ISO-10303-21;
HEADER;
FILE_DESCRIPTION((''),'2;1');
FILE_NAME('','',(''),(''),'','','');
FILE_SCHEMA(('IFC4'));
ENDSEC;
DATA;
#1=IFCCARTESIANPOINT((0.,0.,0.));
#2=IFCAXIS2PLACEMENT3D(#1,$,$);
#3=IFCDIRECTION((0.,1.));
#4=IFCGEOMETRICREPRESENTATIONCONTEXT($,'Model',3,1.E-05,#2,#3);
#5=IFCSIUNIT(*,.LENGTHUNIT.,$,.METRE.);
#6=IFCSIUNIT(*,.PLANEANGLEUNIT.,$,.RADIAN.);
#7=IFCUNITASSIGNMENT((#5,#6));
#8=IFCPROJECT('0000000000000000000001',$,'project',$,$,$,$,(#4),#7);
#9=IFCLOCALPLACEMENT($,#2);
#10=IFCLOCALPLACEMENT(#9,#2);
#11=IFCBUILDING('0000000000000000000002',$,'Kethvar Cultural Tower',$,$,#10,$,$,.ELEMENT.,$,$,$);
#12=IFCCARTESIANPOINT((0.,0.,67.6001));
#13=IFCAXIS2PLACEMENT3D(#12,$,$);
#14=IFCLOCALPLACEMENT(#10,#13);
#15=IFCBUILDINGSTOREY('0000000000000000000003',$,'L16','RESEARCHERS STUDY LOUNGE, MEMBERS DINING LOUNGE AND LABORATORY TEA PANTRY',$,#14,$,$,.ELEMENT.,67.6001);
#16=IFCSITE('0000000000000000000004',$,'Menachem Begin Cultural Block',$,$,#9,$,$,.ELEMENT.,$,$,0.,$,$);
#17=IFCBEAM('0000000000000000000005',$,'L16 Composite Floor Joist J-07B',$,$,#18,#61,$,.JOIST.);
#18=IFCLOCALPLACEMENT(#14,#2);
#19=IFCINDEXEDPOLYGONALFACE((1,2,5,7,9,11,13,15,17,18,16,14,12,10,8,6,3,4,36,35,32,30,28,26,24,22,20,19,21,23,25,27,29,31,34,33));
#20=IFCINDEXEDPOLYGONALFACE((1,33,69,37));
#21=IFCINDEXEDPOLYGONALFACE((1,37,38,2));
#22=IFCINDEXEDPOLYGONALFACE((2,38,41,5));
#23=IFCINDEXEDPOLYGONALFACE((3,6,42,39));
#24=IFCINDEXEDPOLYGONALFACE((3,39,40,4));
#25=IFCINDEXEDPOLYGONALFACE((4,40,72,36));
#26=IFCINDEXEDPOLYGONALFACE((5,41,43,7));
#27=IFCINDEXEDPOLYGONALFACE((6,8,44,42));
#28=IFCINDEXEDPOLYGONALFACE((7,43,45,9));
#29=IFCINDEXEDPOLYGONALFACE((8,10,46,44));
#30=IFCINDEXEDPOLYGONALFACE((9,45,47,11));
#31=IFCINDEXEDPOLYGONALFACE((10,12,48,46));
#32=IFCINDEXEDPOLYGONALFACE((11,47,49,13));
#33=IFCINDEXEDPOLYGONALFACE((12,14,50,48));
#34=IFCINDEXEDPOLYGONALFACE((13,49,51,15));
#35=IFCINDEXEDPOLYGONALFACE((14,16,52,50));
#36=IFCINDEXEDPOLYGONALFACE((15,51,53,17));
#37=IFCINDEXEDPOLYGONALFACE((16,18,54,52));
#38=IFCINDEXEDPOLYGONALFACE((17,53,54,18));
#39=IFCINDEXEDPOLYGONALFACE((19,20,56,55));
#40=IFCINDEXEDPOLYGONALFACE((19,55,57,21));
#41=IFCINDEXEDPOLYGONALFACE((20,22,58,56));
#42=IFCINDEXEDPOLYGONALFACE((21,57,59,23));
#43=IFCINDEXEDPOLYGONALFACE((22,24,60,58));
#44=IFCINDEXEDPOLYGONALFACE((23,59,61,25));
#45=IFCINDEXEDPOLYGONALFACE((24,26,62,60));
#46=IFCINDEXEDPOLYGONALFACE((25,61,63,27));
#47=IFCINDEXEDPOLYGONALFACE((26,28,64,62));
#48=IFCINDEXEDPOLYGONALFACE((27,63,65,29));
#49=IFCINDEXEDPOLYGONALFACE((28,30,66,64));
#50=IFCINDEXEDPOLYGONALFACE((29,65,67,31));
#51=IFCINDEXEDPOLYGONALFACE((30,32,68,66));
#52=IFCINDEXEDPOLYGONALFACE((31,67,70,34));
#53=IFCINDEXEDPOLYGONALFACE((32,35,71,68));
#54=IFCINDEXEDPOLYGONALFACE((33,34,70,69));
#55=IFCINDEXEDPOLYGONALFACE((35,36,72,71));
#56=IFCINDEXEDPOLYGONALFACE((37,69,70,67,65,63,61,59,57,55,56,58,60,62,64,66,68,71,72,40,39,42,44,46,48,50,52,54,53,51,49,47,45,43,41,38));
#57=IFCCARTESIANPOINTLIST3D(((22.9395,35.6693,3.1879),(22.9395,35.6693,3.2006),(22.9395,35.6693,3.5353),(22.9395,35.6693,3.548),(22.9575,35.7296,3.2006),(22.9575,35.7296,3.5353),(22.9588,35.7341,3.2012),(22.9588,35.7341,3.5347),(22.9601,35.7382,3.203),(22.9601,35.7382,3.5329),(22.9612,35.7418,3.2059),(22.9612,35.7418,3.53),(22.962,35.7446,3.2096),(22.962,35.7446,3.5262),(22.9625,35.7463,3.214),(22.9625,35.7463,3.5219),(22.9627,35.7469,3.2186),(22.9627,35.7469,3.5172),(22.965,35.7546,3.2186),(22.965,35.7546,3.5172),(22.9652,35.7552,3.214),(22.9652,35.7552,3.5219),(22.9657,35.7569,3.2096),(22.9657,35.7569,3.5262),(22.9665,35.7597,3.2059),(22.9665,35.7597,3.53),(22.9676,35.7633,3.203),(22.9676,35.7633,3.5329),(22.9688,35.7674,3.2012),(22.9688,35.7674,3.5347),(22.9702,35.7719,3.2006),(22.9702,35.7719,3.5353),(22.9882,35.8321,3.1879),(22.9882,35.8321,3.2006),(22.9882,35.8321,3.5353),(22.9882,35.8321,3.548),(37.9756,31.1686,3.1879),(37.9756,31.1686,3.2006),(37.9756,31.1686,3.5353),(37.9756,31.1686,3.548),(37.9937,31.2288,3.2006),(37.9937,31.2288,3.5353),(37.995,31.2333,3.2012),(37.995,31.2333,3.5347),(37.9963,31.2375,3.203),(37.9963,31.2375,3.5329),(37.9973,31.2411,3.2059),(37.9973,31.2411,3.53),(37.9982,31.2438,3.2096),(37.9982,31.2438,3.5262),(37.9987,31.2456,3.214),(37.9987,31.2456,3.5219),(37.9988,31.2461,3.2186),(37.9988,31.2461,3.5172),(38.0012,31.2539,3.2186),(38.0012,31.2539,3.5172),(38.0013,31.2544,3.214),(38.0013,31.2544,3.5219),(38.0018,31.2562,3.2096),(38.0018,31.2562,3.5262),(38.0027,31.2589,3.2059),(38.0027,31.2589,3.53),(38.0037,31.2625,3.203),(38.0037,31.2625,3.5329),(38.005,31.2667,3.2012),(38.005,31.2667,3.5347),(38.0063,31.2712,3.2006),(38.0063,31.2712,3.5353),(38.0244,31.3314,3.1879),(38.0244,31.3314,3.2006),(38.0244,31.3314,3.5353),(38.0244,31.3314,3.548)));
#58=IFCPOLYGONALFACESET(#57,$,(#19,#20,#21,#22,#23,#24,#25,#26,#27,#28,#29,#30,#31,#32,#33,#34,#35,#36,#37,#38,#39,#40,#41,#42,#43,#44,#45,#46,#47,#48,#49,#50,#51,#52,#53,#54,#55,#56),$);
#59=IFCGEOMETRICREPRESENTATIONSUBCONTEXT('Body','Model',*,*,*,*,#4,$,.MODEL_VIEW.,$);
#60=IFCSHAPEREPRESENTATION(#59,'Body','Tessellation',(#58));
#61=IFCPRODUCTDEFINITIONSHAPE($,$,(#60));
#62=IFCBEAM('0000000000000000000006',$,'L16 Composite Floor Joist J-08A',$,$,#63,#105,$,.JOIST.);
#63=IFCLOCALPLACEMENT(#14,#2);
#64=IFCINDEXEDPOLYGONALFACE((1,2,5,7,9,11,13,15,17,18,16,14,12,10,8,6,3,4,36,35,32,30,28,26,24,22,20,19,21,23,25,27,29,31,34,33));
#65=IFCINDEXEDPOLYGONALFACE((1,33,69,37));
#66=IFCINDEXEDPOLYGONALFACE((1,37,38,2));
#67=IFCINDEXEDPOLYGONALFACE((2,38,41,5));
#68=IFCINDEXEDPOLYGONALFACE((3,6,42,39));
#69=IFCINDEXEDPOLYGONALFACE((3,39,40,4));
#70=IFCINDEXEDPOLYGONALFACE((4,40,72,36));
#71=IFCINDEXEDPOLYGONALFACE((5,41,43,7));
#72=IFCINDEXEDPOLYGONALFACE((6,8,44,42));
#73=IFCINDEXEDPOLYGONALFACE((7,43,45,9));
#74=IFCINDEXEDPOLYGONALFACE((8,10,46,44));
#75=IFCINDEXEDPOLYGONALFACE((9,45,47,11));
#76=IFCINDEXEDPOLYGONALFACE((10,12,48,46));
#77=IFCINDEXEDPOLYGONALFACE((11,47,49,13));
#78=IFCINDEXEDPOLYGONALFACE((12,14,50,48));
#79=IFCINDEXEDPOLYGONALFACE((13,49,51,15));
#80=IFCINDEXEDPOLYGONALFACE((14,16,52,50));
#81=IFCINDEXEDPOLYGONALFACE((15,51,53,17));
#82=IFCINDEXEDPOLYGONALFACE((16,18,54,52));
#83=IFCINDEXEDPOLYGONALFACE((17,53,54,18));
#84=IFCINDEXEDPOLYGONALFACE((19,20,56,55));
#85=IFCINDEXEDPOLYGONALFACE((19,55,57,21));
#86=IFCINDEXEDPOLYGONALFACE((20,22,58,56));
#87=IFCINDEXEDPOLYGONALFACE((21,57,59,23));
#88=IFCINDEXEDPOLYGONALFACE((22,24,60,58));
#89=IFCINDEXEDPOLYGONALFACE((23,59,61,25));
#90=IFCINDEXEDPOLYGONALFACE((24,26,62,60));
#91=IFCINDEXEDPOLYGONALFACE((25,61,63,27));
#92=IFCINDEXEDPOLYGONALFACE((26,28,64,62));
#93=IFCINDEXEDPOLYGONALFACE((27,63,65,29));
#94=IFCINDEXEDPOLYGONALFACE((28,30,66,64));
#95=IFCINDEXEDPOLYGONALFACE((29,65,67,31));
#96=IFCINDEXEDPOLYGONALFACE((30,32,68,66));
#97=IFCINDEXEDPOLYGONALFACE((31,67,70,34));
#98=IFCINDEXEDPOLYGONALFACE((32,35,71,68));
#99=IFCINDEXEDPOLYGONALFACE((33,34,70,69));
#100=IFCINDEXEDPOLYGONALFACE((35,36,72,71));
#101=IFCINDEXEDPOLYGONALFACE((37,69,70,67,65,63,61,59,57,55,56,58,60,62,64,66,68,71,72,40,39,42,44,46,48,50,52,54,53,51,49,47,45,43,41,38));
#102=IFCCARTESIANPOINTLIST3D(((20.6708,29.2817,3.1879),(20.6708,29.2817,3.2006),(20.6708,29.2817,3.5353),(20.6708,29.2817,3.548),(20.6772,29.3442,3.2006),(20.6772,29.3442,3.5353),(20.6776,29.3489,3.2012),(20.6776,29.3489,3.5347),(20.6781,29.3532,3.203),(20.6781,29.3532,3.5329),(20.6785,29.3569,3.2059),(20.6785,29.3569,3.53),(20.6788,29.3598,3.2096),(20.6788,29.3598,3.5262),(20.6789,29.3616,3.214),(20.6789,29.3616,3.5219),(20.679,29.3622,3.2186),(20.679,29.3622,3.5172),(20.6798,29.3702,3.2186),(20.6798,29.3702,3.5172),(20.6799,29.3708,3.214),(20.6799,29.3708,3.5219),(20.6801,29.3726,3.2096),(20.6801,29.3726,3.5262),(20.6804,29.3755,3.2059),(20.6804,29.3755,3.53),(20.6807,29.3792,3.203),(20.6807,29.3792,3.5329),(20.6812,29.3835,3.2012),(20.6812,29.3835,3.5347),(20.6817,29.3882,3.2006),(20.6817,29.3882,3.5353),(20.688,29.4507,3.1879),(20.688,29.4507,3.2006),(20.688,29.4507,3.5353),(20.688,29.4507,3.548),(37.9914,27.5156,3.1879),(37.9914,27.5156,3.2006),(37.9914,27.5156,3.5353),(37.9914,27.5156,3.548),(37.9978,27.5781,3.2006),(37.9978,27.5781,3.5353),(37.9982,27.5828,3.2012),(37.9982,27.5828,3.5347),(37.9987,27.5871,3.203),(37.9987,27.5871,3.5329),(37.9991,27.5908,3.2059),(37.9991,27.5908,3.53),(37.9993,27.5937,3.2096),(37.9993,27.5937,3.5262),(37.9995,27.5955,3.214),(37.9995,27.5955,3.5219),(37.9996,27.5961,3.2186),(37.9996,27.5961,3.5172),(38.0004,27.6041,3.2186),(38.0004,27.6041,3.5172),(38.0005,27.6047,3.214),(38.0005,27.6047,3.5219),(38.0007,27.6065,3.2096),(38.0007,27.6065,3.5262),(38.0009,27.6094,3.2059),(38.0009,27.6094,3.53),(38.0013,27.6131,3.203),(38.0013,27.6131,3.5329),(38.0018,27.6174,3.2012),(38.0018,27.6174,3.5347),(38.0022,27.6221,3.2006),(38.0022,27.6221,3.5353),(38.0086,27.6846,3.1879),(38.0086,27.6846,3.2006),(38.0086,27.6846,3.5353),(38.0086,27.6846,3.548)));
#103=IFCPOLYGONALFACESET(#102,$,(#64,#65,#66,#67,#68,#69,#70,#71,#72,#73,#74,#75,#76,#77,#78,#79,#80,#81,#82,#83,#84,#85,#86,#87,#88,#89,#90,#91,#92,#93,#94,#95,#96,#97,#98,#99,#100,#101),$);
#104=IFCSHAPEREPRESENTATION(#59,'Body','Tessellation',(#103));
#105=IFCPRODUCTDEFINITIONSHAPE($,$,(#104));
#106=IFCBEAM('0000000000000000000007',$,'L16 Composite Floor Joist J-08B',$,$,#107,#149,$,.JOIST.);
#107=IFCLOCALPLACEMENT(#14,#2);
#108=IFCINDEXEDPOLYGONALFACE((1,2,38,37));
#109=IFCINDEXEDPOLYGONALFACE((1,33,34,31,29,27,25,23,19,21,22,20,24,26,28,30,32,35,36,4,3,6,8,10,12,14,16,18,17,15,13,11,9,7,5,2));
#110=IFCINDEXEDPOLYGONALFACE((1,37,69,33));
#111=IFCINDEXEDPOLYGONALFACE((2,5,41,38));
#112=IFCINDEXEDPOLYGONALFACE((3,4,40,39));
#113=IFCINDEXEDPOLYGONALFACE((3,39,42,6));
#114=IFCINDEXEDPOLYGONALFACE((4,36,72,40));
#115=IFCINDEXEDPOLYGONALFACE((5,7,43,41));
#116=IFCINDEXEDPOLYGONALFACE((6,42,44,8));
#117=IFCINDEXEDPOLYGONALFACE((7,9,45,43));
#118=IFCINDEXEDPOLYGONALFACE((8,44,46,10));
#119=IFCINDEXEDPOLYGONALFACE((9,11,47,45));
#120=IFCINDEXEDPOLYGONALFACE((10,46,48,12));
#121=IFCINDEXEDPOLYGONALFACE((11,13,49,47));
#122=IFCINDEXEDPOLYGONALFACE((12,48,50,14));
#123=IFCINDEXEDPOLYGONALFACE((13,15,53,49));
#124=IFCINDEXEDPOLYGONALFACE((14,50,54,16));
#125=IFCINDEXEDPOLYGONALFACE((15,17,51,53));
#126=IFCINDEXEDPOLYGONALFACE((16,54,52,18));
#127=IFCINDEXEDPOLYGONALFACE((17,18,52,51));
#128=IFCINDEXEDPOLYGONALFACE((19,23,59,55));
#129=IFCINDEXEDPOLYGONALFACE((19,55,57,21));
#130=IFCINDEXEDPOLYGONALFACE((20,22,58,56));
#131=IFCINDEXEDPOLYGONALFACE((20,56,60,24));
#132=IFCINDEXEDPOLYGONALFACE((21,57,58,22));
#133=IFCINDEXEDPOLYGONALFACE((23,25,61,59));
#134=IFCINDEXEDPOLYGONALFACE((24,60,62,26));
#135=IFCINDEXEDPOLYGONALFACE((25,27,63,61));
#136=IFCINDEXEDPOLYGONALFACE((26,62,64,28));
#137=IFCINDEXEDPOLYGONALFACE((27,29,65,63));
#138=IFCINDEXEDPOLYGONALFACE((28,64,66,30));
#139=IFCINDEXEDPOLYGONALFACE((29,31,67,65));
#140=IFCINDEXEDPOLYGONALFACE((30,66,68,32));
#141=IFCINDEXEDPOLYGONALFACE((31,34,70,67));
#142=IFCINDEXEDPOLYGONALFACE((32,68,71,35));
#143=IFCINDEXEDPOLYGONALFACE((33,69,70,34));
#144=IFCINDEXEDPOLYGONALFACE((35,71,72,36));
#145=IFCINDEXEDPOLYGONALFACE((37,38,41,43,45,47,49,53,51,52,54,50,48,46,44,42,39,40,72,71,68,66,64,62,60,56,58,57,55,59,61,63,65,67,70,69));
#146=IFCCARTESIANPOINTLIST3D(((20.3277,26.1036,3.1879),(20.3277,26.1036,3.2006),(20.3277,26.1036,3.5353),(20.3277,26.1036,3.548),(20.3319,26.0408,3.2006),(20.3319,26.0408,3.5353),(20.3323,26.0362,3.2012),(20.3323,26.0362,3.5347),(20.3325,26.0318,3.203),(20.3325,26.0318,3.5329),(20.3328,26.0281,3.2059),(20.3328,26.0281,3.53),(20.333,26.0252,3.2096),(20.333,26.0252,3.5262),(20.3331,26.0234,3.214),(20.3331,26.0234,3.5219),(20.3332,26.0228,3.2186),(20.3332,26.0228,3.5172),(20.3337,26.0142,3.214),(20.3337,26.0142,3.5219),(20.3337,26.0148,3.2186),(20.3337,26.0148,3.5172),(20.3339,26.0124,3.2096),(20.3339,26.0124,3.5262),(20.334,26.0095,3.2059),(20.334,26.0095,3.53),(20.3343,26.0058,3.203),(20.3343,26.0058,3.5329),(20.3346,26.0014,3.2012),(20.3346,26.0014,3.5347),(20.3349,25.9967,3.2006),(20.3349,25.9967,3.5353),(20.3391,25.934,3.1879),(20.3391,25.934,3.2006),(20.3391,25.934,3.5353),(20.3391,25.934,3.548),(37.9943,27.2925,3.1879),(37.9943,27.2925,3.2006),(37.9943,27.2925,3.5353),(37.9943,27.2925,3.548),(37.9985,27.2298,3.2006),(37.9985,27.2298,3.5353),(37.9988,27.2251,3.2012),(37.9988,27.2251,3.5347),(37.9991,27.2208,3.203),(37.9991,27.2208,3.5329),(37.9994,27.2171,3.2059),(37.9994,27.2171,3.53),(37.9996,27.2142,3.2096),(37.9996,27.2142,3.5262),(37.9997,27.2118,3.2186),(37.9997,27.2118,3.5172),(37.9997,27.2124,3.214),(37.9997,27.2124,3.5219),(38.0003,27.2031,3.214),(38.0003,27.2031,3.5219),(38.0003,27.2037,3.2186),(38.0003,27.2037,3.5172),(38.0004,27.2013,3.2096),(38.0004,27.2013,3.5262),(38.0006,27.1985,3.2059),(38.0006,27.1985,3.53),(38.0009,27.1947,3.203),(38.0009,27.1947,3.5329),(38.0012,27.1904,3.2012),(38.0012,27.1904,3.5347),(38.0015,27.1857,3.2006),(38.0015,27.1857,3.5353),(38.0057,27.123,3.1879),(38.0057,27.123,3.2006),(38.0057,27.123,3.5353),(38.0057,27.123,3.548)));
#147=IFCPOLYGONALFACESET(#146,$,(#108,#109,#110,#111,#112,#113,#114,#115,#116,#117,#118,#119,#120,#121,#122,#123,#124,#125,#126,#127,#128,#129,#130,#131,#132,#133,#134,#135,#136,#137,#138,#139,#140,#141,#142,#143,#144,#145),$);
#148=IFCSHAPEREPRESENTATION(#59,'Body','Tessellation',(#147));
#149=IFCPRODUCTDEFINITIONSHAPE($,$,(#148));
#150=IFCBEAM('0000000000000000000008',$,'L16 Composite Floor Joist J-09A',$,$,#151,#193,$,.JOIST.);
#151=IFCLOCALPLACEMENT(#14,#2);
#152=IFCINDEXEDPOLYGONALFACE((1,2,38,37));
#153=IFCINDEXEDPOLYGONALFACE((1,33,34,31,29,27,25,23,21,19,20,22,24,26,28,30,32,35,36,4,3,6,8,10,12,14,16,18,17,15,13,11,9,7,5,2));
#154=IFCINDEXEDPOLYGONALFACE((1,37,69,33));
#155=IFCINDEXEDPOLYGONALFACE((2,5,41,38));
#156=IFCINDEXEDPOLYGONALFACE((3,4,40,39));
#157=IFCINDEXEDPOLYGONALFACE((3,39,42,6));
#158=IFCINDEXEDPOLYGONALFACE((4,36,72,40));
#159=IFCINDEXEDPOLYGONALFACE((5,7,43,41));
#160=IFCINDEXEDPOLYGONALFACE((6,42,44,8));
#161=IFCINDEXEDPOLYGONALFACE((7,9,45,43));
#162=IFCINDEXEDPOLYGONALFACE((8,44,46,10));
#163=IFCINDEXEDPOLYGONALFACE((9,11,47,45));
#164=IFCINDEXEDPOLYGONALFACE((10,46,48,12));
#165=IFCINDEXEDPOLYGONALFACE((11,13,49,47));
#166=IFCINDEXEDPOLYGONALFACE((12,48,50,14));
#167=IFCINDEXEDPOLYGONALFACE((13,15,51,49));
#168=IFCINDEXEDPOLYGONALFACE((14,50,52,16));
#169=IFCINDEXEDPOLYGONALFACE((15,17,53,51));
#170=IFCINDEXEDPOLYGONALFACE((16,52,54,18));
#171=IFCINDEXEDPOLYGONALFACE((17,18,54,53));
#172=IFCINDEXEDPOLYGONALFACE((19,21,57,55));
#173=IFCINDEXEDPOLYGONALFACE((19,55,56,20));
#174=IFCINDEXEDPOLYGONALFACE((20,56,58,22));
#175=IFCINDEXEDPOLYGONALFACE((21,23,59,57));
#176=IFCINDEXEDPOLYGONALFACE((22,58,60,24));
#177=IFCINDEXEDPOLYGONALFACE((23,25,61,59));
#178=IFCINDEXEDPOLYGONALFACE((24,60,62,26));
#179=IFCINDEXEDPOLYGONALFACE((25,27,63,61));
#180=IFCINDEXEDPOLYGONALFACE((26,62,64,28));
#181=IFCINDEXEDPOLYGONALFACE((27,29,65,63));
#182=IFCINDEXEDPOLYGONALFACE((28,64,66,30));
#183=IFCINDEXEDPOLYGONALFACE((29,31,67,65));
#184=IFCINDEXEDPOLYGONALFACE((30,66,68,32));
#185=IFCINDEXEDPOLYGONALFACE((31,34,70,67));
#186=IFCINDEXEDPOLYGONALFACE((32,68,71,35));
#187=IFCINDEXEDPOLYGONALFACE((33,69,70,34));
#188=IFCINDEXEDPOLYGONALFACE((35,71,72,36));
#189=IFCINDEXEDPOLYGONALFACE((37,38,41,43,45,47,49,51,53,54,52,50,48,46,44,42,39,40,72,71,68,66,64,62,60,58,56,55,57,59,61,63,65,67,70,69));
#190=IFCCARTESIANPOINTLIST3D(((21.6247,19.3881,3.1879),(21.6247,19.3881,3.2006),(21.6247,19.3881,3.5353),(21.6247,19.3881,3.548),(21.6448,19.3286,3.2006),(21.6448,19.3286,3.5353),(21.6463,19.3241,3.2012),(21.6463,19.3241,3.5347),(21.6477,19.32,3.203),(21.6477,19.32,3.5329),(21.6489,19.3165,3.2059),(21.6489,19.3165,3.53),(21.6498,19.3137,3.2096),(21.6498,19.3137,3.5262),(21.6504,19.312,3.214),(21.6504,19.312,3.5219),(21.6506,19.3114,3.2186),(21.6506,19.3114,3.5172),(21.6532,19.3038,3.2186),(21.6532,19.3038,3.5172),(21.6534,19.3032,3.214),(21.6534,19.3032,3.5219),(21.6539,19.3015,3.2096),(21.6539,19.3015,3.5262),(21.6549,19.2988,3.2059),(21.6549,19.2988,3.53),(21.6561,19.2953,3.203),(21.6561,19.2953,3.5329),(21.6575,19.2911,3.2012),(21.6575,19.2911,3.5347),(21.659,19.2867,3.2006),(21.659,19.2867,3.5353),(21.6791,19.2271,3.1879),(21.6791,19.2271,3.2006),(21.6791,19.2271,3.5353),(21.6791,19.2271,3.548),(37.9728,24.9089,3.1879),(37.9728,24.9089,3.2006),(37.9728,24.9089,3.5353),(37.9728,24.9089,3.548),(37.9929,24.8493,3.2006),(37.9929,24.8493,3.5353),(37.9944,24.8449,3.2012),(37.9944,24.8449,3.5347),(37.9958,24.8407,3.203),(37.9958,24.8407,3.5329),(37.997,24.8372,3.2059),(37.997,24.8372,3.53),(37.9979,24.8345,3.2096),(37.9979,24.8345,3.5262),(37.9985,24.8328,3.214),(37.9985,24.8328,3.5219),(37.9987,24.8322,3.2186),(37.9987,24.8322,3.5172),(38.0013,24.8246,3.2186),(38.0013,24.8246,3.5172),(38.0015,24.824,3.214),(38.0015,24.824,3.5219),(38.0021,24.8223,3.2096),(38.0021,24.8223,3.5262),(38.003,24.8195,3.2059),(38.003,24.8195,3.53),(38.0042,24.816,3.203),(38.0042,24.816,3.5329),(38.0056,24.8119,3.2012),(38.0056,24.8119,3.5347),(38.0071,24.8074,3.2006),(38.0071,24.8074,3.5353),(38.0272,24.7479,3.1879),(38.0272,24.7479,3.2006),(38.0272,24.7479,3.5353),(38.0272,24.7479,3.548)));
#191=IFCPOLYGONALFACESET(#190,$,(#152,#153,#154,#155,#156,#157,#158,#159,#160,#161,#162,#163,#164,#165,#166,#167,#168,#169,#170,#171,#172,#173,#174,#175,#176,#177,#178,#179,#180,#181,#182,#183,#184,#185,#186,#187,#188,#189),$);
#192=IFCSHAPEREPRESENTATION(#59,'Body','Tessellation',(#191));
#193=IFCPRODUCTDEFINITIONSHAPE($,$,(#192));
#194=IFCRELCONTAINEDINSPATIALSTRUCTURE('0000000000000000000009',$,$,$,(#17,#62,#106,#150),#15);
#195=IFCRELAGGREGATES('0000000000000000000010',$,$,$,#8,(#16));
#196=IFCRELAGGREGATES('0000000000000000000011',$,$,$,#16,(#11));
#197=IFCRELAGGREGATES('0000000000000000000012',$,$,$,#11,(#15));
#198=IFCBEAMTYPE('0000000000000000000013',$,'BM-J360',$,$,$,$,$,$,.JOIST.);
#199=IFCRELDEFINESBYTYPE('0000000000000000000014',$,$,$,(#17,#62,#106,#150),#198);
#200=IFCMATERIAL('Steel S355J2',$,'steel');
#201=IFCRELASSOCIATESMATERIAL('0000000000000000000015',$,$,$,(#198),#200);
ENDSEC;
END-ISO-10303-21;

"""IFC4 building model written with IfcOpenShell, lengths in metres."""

from ifc_helpers import new_model, si_unit, direction, frame, origin, origin_2d, place, context, subcontext, project, spatial, i_section, extrude, source, transform, mapped, material, material_profile, profile_set, type_object, element, save


model = new_model("IFC4")

# Units and contexts
model_context = context("Model", 3, precision=1e-05, world=origin(), true_north=direction((0.0, 1.0)))
body_context = subcontext(model_context, "Body", "Model", "MODEL_VIEW")
ifc_project = project(units=[si_unit("LENGTHUNIT", "METRE"), si_unit("PLANEANGLEUNIT", "RADIAN")], contexts=[model_context])

# Site, building, storey
site_placement = place(None, origin())
site = spatial("IfcSite", under=ifc_project, at=site_placement, Name="Menachem Begin Cultural Block", CompositionType="ELEMENT", RefElevation=0.0)
building_placement = place(site_placement, origin())
building = spatial("IfcBuilding", under=site, at=building_placement, Name="Kethvar Cultural Tower", CompositionType="ELEMENT")
storey_placement = place(building_placement, frame((0.0, 0.0, 67.6001)))
storey = spatial("IfcBuildingStorey", under=building, at=storey_placement, Name="L16", Description="RESEARCHERS STUDY LOUNGE, MEMBERS DINING LOUNGE AND LABORATORY TEA PANTRY", CompositionType="ELEMENT", Elevation=67.6001)

# Beams
ifc_material_1 = material(Name="Steel S355J2", Category="steel")
ifc_material_profile_1 = material_profile(ifc_material_1, i_section(OverallWidth=0.1699, OverallDepth=0.3601, WebThickness=0.0081, FlangeThickness=0.0127, FilletRadius=0.0181, at=origin_2d()), Name="Steel S355J2 — IPE360")
ifc_profile_set_1 = profile_set([ifc_material_profile_1], Name="Steel S355J2 — IPE360")
beam_type_1 = type_object("IfcBeamType", Name="BM-J360", PredefinedType="JOIST", material=ifc_profile_set_1)
shared_shape_1 = source(origin(), body_context, "Body", "SweptSolid", [
    extrude(i_section(OverallWidth=0.1699, OverallDepth=0.3601, WebThickness=0.0081, FlangeThickness=0.0127, FilletRadius=0.0181, at=origin_2d()), origin(), (0.0, 0.0, 1.0), 15.6953),
])
beam_1_placement = place(storey_placement, frame((38.0, 31.25, 3.3679), z_axis=(-0.958003, 0.286757, 0.0), x_axis=(-0.286757, -0.958003, 0.0)))
element("IfcBeam", 1, at=beam_1_placement, inside=storey, type_object=beam_type_1, Name="L16 Composite Floor Joist J-07B", PredefinedType="JOIST", context=body_context, shape_type="MappedRepresentation", body=[
    mapped(shared_shape_1, transform((0.0, 0.0, 0.0), scale=1.0)),
])
shared_shape_2 = source(origin(), body_context, "Body", "SweptSolid", [
    extrude(i_section(OverallWidth=0.1699, OverallDepth=0.3601, WebThickness=0.0081, FlangeThickness=0.0127, FilletRadius=0.0181, at=origin_2d()), origin(), (0.0, 0.0, 1.0), 17.4104),
])
beam_2_placement = place(storey_placement, frame((38.0, 27.6001, 3.3679), z_axis=(-0.994842, 0.10144, 0.0), x_axis=(-0.10144, -0.994842, 0.0)))
element("IfcBeam", 2, at=beam_2_placement, inside=storey, type_object=beam_type_1, Name="L16 Composite Floor Joist J-08A", PredefinedType="JOIST", context=body_context, shape_type="MappedRepresentation", body=[
    mapped(shared_shape_2, transform((0.0, 0.0, 0.0), scale=1.0)),
])
shared_shape_3 = source(origin(), body_context, "Body", "SweptSolid", [
    extrude(i_section(OverallWidth=0.1699, OverallDepth=0.3601, WebThickness=0.0081, FlangeThickness=0.0127, FilletRadius=0.0181, at=origin_2d()), origin(), (0.0, 0.0, 1.0), 17.7065),
])
beam_3_placement = place(storey_placement, frame((38.0, 27.2078, 3.3679), z_axis=(-0.997743, -0.067149, 0.0), x_axis=(0.067149, -0.997743, 0.0)))
element("IfcBeam", 3, at=beam_3_placement, inside=storey, type_object=beam_type_1, Name="L16 Composite Floor Joist J-08B", PredefinedType="JOIST", context=body_context, shape_type="MappedRepresentation", body=[
    mapped(shared_shape_3, transform((0.0, 0.0, 0.0), scale=1.0)),
])
shared_shape_4 = source(origin(), body_context, "Body", "SweptSolid", [
    extrude(i_section(OverallWidth=0.1699, OverallDepth=0.3601, WebThickness=0.0081, FlangeThickness=0.0127, FilletRadius=0.0181, at=origin_2d()), origin(), (0.0, 0.0, 1.0), 17.2551),
])
beam_4_placement = place(storey_placement, frame((38.0, 24.8284, 3.3679), z_axis=(-0.947435, -0.319948, 0.0), x_axis=(0.319948, -0.947435, 0.0)))
element("IfcBeam", 4, at=beam_4_placement, inside=storey, type_object=beam_type_1, Name="L16 Composite Floor Joist J-09A", PredefinedType="JOIST", context=body_context, shape_type="MappedRepresentation", body=[
    mapped(shared_shape_4, transform((0.0, 0.0, 0.0), scale=1.0)),
])

save(model, "model.ifc")
